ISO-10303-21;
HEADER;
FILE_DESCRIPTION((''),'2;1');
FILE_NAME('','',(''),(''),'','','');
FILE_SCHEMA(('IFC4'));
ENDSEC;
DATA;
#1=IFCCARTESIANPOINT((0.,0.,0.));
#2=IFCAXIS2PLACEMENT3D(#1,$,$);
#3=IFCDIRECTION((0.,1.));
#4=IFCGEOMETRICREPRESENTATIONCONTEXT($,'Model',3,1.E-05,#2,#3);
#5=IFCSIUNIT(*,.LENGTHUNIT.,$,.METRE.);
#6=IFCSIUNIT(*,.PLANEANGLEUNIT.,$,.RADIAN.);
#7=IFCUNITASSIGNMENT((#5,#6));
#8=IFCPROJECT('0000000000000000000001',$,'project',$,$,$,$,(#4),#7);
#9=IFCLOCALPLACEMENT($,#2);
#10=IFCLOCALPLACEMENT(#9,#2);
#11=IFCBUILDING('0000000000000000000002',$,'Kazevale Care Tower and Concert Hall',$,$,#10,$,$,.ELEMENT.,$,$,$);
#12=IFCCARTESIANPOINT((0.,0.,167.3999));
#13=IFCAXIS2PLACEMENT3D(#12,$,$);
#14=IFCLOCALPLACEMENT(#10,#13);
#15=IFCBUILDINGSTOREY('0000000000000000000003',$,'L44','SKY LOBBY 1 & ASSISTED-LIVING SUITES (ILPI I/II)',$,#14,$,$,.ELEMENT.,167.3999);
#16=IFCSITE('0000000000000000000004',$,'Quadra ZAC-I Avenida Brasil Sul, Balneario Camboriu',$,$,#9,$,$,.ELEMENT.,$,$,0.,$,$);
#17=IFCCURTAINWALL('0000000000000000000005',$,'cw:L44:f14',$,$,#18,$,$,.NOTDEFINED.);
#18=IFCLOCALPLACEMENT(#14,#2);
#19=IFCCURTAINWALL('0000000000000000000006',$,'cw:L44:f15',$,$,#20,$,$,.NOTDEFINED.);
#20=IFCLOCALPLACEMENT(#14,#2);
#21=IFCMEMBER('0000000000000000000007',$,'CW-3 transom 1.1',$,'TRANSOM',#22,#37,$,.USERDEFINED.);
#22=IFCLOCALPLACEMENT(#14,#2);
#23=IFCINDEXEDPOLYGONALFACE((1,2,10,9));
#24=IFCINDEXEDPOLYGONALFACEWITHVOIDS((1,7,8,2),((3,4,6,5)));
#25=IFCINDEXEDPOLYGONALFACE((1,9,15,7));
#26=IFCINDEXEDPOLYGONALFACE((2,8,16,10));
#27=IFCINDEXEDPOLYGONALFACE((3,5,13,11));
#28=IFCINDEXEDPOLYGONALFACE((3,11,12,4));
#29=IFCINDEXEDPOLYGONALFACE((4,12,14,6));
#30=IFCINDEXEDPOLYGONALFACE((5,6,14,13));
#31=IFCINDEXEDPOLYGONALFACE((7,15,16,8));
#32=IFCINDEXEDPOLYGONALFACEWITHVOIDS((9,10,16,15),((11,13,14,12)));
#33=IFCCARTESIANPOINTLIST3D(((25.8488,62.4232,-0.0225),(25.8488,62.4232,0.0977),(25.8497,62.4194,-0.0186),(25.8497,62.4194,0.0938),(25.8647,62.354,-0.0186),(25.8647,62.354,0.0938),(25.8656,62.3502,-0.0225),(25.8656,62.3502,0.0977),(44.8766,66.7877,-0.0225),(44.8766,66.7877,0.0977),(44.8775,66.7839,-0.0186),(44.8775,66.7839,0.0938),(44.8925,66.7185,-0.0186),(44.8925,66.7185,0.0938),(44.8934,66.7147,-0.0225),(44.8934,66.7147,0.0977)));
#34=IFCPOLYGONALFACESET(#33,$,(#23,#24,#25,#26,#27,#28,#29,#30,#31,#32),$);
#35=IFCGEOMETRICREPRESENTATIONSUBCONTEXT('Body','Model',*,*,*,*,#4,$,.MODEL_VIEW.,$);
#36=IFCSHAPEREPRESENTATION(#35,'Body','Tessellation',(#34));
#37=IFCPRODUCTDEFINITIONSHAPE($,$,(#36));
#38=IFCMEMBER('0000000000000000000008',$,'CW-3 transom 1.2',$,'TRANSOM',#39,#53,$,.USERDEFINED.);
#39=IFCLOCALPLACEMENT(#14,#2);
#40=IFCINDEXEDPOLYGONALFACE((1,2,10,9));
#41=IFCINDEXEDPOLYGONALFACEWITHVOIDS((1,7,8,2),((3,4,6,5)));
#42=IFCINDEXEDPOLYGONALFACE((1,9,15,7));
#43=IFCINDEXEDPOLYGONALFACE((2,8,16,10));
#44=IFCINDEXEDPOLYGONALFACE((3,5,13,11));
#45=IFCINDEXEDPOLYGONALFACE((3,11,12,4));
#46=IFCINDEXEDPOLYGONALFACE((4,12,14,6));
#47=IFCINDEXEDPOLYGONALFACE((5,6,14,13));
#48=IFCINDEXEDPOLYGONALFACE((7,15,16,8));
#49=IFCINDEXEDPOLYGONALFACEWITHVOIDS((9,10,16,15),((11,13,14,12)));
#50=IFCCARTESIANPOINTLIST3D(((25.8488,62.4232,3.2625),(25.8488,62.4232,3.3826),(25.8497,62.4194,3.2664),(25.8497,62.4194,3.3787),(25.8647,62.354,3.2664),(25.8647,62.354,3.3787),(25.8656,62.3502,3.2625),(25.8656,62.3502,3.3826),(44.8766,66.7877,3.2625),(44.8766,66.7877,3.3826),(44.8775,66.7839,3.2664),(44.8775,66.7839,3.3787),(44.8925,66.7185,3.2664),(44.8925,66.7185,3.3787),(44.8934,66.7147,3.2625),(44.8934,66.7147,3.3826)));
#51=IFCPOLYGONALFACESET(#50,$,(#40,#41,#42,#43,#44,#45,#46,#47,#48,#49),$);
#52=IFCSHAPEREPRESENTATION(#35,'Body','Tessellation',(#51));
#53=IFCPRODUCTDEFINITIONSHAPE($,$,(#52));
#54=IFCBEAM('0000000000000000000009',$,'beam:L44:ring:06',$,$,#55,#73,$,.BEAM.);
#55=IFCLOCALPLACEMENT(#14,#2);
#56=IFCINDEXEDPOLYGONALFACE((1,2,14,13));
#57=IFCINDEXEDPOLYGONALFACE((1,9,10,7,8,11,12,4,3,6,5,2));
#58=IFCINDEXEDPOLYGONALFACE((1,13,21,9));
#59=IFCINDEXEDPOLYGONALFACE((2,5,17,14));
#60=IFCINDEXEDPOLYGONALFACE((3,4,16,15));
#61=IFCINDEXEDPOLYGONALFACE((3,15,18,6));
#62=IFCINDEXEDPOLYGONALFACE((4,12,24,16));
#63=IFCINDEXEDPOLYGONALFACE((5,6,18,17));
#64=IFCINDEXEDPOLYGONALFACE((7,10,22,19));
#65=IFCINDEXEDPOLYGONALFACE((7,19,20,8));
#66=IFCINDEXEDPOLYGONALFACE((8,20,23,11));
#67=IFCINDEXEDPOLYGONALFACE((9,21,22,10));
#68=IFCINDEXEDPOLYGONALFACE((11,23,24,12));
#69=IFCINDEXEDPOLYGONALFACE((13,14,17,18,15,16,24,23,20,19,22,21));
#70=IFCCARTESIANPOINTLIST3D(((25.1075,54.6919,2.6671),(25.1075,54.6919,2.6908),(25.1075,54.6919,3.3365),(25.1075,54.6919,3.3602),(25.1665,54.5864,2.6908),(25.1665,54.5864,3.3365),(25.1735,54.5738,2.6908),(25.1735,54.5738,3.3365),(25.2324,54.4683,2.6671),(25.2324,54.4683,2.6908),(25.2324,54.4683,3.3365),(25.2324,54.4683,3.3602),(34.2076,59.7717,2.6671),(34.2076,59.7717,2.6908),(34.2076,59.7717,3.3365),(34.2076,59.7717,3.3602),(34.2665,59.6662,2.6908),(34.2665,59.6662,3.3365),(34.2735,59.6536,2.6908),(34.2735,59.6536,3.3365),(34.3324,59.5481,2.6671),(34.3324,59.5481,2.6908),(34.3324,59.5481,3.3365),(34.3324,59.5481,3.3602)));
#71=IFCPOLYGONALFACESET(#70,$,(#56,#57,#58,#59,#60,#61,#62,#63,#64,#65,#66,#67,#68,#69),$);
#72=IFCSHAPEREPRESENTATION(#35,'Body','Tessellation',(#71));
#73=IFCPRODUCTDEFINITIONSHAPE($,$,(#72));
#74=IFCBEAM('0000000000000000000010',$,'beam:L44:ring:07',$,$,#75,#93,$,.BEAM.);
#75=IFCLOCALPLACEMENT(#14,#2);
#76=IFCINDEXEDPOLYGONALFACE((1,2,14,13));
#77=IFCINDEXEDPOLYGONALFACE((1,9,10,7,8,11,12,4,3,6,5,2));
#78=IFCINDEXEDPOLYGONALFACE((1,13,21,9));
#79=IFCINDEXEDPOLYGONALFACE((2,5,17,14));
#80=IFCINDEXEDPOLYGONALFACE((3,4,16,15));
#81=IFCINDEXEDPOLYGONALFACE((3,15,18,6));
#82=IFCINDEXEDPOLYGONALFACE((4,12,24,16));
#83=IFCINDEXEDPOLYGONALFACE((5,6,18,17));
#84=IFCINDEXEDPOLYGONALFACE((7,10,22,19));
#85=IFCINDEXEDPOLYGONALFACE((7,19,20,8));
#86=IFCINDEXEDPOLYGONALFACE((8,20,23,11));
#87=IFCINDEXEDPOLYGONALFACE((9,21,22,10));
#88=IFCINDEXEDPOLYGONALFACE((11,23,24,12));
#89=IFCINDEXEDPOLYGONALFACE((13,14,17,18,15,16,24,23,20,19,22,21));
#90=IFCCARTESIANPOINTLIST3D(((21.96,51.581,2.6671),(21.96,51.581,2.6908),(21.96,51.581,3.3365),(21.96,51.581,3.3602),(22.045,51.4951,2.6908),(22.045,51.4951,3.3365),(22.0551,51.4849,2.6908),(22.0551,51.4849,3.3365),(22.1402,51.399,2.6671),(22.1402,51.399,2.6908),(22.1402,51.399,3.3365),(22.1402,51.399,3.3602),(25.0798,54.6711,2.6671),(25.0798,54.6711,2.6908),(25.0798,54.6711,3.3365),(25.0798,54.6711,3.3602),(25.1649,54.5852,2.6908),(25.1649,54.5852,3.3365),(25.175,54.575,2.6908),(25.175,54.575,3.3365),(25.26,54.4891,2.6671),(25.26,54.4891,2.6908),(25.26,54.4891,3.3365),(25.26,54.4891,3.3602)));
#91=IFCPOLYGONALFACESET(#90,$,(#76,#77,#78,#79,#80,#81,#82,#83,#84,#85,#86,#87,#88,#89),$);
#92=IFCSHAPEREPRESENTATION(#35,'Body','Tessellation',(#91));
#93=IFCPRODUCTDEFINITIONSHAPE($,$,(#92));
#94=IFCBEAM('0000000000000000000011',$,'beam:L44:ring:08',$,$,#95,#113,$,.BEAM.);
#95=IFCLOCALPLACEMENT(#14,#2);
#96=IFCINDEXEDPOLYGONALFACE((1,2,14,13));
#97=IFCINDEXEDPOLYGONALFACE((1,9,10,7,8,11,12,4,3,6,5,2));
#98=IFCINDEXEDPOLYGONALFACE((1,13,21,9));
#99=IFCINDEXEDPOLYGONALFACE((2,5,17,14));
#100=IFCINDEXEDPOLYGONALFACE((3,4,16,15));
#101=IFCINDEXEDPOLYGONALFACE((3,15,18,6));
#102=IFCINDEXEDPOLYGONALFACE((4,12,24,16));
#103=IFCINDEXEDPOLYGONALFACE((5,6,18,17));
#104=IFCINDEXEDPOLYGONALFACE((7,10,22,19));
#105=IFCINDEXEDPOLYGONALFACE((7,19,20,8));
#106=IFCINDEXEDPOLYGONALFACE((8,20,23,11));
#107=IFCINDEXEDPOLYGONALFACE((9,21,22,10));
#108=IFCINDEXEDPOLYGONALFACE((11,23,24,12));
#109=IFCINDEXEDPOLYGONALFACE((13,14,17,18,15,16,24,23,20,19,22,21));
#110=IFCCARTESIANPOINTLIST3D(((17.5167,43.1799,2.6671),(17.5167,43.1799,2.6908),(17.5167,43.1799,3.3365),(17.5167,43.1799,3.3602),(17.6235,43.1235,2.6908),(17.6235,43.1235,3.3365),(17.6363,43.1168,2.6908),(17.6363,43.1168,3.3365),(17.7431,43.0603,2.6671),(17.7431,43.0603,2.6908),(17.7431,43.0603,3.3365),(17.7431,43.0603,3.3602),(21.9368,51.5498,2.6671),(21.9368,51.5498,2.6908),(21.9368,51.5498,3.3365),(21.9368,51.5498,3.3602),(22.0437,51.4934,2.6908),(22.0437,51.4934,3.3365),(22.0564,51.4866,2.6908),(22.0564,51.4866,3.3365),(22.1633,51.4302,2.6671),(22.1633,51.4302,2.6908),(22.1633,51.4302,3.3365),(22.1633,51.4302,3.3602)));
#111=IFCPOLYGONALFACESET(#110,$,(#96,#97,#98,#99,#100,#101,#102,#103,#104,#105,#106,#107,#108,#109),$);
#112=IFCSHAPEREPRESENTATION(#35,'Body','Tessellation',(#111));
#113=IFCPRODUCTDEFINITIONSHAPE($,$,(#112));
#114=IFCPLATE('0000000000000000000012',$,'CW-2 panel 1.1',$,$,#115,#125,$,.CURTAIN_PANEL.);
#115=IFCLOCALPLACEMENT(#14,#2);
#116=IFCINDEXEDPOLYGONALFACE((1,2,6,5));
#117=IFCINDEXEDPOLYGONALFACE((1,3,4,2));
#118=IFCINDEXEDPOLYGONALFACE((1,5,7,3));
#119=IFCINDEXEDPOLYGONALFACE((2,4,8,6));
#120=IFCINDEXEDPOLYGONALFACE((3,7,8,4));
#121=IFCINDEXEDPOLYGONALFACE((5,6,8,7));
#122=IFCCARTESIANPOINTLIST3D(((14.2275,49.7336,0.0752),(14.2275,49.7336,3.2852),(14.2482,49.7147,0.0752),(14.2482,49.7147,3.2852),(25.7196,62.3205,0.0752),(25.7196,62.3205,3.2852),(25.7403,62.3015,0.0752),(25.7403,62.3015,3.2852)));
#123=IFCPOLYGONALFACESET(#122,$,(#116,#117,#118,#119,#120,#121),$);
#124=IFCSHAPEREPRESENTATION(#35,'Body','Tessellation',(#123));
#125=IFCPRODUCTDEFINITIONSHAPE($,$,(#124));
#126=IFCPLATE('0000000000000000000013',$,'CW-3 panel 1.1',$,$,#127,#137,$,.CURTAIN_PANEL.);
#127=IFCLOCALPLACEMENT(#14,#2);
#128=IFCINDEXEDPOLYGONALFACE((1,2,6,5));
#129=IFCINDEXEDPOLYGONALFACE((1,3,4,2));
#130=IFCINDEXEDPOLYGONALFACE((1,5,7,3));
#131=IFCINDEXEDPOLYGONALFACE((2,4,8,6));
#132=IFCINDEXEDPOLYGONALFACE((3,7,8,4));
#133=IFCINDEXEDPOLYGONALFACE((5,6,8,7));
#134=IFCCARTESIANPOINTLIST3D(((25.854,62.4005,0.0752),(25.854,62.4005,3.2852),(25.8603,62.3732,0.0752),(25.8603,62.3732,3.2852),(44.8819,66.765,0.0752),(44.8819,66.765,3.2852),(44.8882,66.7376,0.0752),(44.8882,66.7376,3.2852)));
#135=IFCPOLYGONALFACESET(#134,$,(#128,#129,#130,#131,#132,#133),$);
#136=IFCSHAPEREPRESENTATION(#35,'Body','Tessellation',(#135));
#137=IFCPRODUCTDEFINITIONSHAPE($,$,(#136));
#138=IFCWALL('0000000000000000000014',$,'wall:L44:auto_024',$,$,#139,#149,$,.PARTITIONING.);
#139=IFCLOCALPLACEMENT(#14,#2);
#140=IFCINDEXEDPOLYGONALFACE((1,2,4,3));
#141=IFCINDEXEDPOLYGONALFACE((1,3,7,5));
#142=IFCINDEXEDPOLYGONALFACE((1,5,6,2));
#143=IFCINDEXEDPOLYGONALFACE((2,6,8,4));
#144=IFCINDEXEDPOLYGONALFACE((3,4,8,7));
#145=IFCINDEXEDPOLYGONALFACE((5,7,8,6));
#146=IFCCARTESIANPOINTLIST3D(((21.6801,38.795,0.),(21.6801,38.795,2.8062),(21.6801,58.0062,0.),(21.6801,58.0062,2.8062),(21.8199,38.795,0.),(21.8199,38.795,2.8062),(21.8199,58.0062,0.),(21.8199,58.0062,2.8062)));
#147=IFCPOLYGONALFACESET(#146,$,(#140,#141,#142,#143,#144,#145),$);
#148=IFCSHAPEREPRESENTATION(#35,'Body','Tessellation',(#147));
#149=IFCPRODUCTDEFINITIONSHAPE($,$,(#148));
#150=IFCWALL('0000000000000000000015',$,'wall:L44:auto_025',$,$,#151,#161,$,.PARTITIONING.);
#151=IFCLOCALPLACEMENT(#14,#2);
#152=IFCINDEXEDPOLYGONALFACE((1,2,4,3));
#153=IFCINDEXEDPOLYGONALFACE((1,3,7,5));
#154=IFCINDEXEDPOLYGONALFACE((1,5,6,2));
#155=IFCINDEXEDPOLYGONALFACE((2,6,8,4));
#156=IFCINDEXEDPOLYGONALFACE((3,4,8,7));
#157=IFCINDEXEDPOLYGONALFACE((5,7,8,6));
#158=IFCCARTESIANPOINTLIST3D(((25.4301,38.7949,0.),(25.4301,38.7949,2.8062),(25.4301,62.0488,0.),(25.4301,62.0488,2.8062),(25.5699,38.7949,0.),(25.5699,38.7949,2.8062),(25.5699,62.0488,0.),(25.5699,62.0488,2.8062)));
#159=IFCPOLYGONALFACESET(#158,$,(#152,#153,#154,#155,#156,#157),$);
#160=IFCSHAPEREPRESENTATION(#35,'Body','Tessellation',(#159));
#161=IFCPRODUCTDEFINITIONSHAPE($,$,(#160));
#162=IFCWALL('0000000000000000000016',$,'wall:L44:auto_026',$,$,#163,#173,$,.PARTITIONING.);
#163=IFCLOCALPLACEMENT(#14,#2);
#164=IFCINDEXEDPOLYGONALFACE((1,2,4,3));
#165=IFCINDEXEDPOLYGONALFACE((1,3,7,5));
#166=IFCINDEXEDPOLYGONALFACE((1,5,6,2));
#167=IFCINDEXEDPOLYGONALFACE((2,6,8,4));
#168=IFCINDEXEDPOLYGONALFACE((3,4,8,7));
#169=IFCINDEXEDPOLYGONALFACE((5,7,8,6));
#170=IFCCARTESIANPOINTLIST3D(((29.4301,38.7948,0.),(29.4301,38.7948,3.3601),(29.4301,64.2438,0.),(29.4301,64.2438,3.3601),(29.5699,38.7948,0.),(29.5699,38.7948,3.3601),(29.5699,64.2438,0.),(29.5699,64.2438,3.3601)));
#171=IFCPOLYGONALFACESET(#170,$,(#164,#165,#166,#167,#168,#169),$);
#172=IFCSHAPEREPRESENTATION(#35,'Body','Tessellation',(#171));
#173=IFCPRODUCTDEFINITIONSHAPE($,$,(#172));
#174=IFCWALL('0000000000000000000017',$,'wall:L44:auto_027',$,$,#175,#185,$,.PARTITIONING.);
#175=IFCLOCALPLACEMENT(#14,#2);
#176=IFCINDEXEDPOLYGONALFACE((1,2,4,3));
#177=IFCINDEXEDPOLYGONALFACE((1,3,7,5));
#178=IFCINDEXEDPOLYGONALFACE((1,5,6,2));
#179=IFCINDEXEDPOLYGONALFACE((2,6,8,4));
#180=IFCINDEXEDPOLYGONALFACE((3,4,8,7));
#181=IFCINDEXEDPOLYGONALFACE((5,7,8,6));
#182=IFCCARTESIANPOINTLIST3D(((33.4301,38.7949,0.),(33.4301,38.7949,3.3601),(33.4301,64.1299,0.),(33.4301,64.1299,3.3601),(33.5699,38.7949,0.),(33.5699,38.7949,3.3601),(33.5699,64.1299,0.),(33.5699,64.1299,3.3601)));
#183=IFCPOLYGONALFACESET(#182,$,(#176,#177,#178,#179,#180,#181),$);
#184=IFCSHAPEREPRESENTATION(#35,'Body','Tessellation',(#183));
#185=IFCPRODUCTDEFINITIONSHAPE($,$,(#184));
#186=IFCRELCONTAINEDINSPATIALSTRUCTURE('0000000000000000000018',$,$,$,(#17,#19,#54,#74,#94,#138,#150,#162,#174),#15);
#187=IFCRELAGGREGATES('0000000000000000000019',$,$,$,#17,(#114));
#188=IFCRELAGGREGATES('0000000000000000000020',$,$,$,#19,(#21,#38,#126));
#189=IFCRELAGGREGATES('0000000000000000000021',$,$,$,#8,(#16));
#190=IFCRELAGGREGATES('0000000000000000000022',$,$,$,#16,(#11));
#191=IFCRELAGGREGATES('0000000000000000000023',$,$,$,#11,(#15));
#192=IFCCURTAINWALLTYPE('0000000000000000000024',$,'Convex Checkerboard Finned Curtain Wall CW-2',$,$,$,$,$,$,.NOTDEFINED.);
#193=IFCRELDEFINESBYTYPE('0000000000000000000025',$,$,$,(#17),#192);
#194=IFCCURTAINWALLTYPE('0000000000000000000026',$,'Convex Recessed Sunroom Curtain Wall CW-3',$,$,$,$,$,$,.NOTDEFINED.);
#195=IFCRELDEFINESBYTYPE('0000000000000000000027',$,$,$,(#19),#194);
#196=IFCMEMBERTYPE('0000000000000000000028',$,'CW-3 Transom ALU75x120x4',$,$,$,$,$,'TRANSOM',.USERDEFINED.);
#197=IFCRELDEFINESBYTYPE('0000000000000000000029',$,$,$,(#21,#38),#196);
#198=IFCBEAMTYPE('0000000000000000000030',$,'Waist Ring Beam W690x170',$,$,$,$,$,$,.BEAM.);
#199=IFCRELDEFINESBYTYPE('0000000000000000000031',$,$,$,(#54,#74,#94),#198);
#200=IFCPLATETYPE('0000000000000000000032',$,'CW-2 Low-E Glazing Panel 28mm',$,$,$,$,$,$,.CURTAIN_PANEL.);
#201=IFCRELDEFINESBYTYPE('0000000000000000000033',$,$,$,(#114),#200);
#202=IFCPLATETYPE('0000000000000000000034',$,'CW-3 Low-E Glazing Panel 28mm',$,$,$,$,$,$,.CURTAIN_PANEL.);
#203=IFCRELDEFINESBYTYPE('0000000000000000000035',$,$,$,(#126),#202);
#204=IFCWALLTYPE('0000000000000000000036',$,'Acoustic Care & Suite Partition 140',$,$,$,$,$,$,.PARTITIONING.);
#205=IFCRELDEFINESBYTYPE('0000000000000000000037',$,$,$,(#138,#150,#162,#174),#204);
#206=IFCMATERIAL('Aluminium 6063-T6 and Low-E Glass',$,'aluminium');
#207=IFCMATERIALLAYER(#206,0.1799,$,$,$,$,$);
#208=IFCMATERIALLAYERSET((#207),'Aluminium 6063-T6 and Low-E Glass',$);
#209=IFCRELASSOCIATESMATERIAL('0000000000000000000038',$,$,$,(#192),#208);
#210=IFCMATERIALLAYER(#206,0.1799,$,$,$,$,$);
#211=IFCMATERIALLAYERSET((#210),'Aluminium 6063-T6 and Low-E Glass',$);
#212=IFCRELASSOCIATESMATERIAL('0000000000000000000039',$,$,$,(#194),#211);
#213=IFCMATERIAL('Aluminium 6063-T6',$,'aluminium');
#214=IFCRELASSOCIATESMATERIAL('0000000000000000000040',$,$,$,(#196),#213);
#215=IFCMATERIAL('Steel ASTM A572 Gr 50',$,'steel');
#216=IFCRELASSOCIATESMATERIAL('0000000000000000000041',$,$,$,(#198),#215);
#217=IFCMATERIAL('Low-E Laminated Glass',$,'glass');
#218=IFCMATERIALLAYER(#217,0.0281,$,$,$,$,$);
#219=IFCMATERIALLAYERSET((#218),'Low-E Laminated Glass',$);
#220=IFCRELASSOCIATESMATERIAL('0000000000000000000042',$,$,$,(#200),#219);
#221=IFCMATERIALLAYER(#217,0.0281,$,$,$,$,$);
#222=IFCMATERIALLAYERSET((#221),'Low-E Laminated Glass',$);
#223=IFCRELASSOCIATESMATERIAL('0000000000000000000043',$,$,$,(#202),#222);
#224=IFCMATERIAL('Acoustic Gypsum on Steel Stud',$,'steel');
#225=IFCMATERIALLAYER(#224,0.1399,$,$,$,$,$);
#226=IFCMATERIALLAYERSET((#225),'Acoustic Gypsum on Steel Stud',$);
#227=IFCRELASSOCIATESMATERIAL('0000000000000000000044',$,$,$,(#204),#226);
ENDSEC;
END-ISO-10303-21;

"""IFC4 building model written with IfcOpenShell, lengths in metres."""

from ifc_helpers import new_model, si_unit, direction, frame, frame_2d, origin, origin_2d, place, context, subcontext, project, spatial, rectangle, hollow_rectangle, i_section, extrude, material, layer, layer_set, material_profile, profile_set, type_object, element, aggregate, save


model = new_model("IFC4")

# Units and contexts
model_context = context("Model", 3, precision=1e-05, world=origin(), true_north=direction((0.0, 1.0)))
body_context = subcontext(model_context, "Body", "Model", "MODEL_VIEW")
ifc_project = project(units=[si_unit("LENGTHUNIT", "METRE"), si_unit("PLANEANGLEUNIT", "RADIAN")], contexts=[model_context])

# Site, building, storey
site_placement = place(None, origin())
site = spatial("IfcSite", under=ifc_project, at=site_placement, Name="Quadra ZAC-I Avenida Brasil Sul, Balneario Camboriu", CompositionType="ELEMENT", RefElevation=0.0)
building_placement = place(site_placement, origin())
building = spatial("IfcBuilding", under=site, at=building_placement, Name="Kazevale Care Tower and Concert Hall", CompositionType="ELEMENT")
storey_placement = place(building_placement, frame((0.0, 0.0, 167.3999)))
storey = spatial("IfcBuildingStorey", under=building, at=storey_placement, Name="L44", Description="SKY LOBBY 1 & ASSISTED-LIVING SUITES (ILPI I/II)", CompositionType="ELEMENT", Elevation=167.3999)

# Curtain wall
ifc_material_1 = material(Name="Aluminium 6063-T6 and Low-E Glass", Category="aluminium")
ifc_layer_1 = layer(ifc_material_1, 0.1799)
ifc_layer_set_1 = layer_set([ifc_layer_1], Name="Aluminium 6063-T6 and Low-E Glass")
curtain_wall_type_1 = type_object("IfcCurtainWallType", Name="Convex Checkerboard Finned Curtain Wall CW-2", PredefinedType="NOTDEFINED", material=ifc_layer_set_1)
curtain_wall_1_placement = place(storey_placement, origin())
curtain_wall_1 = element("IfcCurtainWall", 1, at=curtain_wall_1_placement, inside=storey, type_object=curtain_wall_type_1, Name="cw:L44:f14", PredefinedType="NOTDEFINED")
ifc_material_2 = material(Name="Aluminium 6063-T6", Category="aluminium")

# Curtain wall, members
ifc_layer_2 = layer(ifc_material_1, 0.1799)
ifc_layer_set_2 = layer_set([ifc_layer_2], Name="Aluminium 6063-T6 and Low-E Glass")
curtain_wall_type_2 = type_object("IfcCurtainWallType", Name="Convex Recessed Sunroom Curtain Wall CW-3", PredefinedType="NOTDEFINED", material=ifc_layer_set_2)
curtain_wall_2_placement = place(storey_placement, origin())
curtain_wall_2 = element("IfcCurtainWall", 2, at=curtain_wall_2_placement, inside=storey, type_object=curtain_wall_type_2, Name="cw:L44:f15", PredefinedType="NOTDEFINED")
ifc_material_profile_1 = material_profile(ifc_material_2, hollow_rectangle(XDim=0.075, YDim=0.1201, WallThickness=0.0039, at=origin_2d()), Name="ALU75x120x4")
ifc_profile_set_1 = profile_set([ifc_material_profile_1], Name="Aluminium 6063-T6")
member_type_1 = type_object("IfcMemberType", Name="CW-3 Transom ALU75x120x4", ElementType="TRANSOM", PredefinedType="USERDEFINED", material=ifc_profile_set_1)
member_1_placement = place(storey_placement, frame((25.8572, 62.3867, 0.0376), z_axis=(0.974688, 0.223569, 0.0), x_axis=(-0.223569, 0.974688, 0.0)))
member_1 = element("IfcMember", 3, at=member_1_placement, type_object=member_type_1, Name="CW-3 transom 1.1", ObjectType="TRANSOM", PredefinedType="USERDEFINED", context=body_context, shape_type="SweptSolid", body=[
    extrude(hollow_rectangle(XDim=0.075, YDim=0.1201, WallThickness=0.0039, at=origin_2d()), origin(), (0.0, 0.0, 1.0), 19.522),
])
member_2_placement = place(storey_placement, frame((25.8572, 62.3867, 3.3225), z_axis=(0.974688, 0.223569, 0.0), x_axis=(-0.223569, 0.974688, 0.0)))
member_2 = element("IfcMember", 4, at=member_2_placement, type_object=member_type_1, Name="CW-3 transom 1.2", ObjectType="TRANSOM", PredefinedType="USERDEFINED", context=body_context, shape_type="SweptSolid", body=[
    extrude(hollow_rectangle(XDim=0.075, YDim=0.1201, WallThickness=0.0039, at=origin_2d()), origin(), (0.0, 0.0, 1.0), 19.522),
])

# Beams
ifc_material_3 = material(Name="Steel ASTM A572 Gr 50", Category="steel")
ifc_material_profile_2 = material_profile(ifc_material_3, i_section(OverallWidth=0.2561, OverallDepth=0.6931, WebThickness=0.0144, FlangeThickness=0.0237, at=origin_2d()), Name="W690x170")
ifc_profile_set_2 = profile_set([ifc_material_profile_2], Name="Steel ASTM A572 Gr 50")
beam_type = type_object("IfcBeamType", Name="Waist Ring Beam W690x170", PredefinedType="BEAM", material=ifc_profile_set_2)
beam_1_placement = place(storey_placement, frame((34.27, 59.6599, 3.0137), z_axis=(-0.873169, -0.487418, 0.0), x_axis=(0.487418, -0.873169, 0.0)))
element("IfcBeam", 5, at=beam_1_placement, inside=storey, type_object=beam_type, Name="beam:L44:ring:06", PredefinedType="BEAM", context=body_context, shape_type="SweptSolid", body=[
    extrude(i_section(OverallWidth=0.2561, OverallDepth=0.6931, WebThickness=0.0144, FlangeThickness=0.0237, at=origin_2d()), origin(), (0.0, 0.0, 1.0), 10.4219),
])
beam_2_placement = place(storey_placement, frame((25.1699, 54.5801, 3.0137), z_axis=(-0.71049, -0.703707, 0.0), x_axis=(0.703707, -0.71049, 0.0)))
element("IfcBeam", 6, at=beam_2_placement, inside=storey, type_object=beam_type, Name="beam:L44:ring:07", PredefinedType="BEAM", context=body_context, shape_type="SweptSolid", body=[
    extrude(i_section(OverallWidth=0.2561, OverallDepth=0.6931, WebThickness=0.0144, FlangeThickness=0.0237, at=origin_2d()), origin(), (0.0, 0.0, 1.0), 4.3911),
])
beam_3_placement = place(storey_placement, frame((22.05, 51.49, 3.0137), z_axis=(-0.466984, -0.884266, 0.0), x_axis=(0.884266, -0.466984, 0.0)))
element("IfcBeam", 7, at=beam_3_placement, inside=storey, type_object=beam_type, Name="beam:L44:ring:08", PredefinedType="BEAM", context=body_context, shape_type="SweptSolid", body=[
    extrude(i_section(OverallWidth=0.2561, OverallDepth=0.6931, WebThickness=0.0144, FlangeThickness=0.0237, at=origin_2d()), origin(), (0.0, 0.0, 1.0), 9.4653),
])

# Plates
ifc_material_4 = material(Name="Low-E Laminated Glass", Category="glass")
ifc_layer_3 = layer(ifc_material_4, 0.0281)
ifc_layer_set_3 = layer_set([ifc_layer_3], Name="Low-E Laminated Glass")
plate_type_1 = type_object("IfcPlateType", Name="CW-2 Low-E Glazing Panel 28mm", PredefinedType="CURTAIN_PANEL", material=ifc_layer_set_3)
plate_1_placement = place(storey_placement, frame((19.9839, 56.0176, 0.0752), z_axis=(0.0, 0.0, 1.0), x_axis=(0.674262, 0.738492, 0.0)))
plate_1 = element("IfcPlate", 8, at=plate_1_placement, type_object=plate_type_1, Name="CW-2 panel 1.1", PredefinedType="CURTAIN_PANEL", context=body_context, shape_type="SweptSolid", body=[
    extrude(rectangle(XDim=17.0439, YDim=0.0281, at=origin_2d()), origin(), (0.0, 0.0, 1.0), 3.21),
])
aggregate(curtain_wall_1, [plate_1])
ifc_layer_4 = layer(ifc_material_4, 0.0281)
ifc_layer_set_4 = layer_set([ifc_layer_4], Name="Low-E Laminated Glass")
plate_type_2 = type_object("IfcPlateType", Name="CW-3 Low-E Glazing Panel 28mm", PredefinedType="CURTAIN_PANEL", material=ifc_layer_set_4)
plate_2_placement = place(storey_placement, frame((35.3711, 64.5691, 0.0752), z_axis=(0.0, 0.0, 1.0), x_axis=(0.974688, 0.223567, 0.0)))
plate_2 = element("IfcPlate", 9, at=plate_2_placement, type_object=plate_type_2, Name="CW-3 panel 1.1", PredefinedType="CURTAIN_PANEL", context=body_context, shape_type="SweptSolid", body=[
    extrude(rectangle(XDim=19.522, YDim=0.0281, at=origin_2d()), origin(), (0.0, 0.0, 1.0), 3.21),
])
aggregate(curtain_wall_2, [member_1, member_2, plate_2])

# Walls
ifc_material_5 = material(Name="Acoustic Gypsum on Steel Stud", Category="steel")
ifc_layer_5 = layer(ifc_material_5, 0.1399)
ifc_layer_set_5 = layer_set([ifc_layer_5], Name="Acoustic Gypsum on Steel Stud")
wall_type = type_object("IfcWallType", Name="Acoustic Care & Suite Partition 140", PredefinedType="PARTITIONING", material=ifc_layer_set_5)
wall_1_placement = place(storey_placement, frame((21.75, 58.0061, 0.0), z_axis=(0.0, 0.0, 1.0), x_axis=(0.0, -1.0, 0.0)))
element("IfcWall", 10, at=wall_1_placement, inside=storey, type_object=wall_type, Name="wall:L44:auto_024", PredefinedType="PARTITIONING", context=body_context, shape_type="SweptSolid", body=[
    extrude(rectangle(XDim=19.2112, YDim=0.1399, at=frame_2d((9.6055, 0.0))), origin(), (0.0, 0.0, 1.0), 2.8062),
])
wall_2_placement = place(storey_placement, frame((25.5, 62.0488, 0.0), z_axis=(0.0, 0.0, 1.0), x_axis=(0.0, -1.0, 0.0)))
element("IfcWall", 11, at=wall_2_placement, inside=storey, type_object=wall_type, Name="wall:L44:auto_025", PredefinedType="PARTITIONING", context=body_context, shape_type="SweptSolid", body=[
    extrude(rectangle(XDim=23.2539, YDim=0.1399, at=frame_2d((11.627, 0.0))), origin(), (0.0, 0.0, 1.0), 2.8062),
])
wall_3_placement = place(storey_placement, frame((29.5, 64.2439, 0.0), z_axis=(0.0, 0.0, 1.0), x_axis=(0.0, -1.0, 0.0)))
element("IfcWall", 12, at=wall_3_placement, inside=storey, type_object=wall_type, Name="wall:L44:auto_026", PredefinedType="PARTITIONING", context=body_context, shape_type="SweptSolid", body=[
    extrude(rectangle(XDim=25.449, YDim=0.1399, at=frame_2d((12.7246, 0.0))), origin(), (0.0, 0.0, 1.0), 3.3601),
])
wall_4_placement = place(storey_placement, frame((33.5, 64.1299, 0.0), z_axis=(0.0, 0.0, 1.0), x_axis=(0.0, -1.0, 0.0)))
element("IfcWall", 13, at=wall_4_placement, inside=storey, type_object=wall_type, Name="wall:L44:auto_027", PredefinedType="PARTITIONING", context=body_context, shape_type="SweptSolid", body=[
    extrude(rectangle(XDim=25.335, YDim=0.1399, at=frame_2d((12.6675, 0.0))), origin(), (0.0, 0.0, 1.0), 3.3601),
])

save(model, "model.ifc")
